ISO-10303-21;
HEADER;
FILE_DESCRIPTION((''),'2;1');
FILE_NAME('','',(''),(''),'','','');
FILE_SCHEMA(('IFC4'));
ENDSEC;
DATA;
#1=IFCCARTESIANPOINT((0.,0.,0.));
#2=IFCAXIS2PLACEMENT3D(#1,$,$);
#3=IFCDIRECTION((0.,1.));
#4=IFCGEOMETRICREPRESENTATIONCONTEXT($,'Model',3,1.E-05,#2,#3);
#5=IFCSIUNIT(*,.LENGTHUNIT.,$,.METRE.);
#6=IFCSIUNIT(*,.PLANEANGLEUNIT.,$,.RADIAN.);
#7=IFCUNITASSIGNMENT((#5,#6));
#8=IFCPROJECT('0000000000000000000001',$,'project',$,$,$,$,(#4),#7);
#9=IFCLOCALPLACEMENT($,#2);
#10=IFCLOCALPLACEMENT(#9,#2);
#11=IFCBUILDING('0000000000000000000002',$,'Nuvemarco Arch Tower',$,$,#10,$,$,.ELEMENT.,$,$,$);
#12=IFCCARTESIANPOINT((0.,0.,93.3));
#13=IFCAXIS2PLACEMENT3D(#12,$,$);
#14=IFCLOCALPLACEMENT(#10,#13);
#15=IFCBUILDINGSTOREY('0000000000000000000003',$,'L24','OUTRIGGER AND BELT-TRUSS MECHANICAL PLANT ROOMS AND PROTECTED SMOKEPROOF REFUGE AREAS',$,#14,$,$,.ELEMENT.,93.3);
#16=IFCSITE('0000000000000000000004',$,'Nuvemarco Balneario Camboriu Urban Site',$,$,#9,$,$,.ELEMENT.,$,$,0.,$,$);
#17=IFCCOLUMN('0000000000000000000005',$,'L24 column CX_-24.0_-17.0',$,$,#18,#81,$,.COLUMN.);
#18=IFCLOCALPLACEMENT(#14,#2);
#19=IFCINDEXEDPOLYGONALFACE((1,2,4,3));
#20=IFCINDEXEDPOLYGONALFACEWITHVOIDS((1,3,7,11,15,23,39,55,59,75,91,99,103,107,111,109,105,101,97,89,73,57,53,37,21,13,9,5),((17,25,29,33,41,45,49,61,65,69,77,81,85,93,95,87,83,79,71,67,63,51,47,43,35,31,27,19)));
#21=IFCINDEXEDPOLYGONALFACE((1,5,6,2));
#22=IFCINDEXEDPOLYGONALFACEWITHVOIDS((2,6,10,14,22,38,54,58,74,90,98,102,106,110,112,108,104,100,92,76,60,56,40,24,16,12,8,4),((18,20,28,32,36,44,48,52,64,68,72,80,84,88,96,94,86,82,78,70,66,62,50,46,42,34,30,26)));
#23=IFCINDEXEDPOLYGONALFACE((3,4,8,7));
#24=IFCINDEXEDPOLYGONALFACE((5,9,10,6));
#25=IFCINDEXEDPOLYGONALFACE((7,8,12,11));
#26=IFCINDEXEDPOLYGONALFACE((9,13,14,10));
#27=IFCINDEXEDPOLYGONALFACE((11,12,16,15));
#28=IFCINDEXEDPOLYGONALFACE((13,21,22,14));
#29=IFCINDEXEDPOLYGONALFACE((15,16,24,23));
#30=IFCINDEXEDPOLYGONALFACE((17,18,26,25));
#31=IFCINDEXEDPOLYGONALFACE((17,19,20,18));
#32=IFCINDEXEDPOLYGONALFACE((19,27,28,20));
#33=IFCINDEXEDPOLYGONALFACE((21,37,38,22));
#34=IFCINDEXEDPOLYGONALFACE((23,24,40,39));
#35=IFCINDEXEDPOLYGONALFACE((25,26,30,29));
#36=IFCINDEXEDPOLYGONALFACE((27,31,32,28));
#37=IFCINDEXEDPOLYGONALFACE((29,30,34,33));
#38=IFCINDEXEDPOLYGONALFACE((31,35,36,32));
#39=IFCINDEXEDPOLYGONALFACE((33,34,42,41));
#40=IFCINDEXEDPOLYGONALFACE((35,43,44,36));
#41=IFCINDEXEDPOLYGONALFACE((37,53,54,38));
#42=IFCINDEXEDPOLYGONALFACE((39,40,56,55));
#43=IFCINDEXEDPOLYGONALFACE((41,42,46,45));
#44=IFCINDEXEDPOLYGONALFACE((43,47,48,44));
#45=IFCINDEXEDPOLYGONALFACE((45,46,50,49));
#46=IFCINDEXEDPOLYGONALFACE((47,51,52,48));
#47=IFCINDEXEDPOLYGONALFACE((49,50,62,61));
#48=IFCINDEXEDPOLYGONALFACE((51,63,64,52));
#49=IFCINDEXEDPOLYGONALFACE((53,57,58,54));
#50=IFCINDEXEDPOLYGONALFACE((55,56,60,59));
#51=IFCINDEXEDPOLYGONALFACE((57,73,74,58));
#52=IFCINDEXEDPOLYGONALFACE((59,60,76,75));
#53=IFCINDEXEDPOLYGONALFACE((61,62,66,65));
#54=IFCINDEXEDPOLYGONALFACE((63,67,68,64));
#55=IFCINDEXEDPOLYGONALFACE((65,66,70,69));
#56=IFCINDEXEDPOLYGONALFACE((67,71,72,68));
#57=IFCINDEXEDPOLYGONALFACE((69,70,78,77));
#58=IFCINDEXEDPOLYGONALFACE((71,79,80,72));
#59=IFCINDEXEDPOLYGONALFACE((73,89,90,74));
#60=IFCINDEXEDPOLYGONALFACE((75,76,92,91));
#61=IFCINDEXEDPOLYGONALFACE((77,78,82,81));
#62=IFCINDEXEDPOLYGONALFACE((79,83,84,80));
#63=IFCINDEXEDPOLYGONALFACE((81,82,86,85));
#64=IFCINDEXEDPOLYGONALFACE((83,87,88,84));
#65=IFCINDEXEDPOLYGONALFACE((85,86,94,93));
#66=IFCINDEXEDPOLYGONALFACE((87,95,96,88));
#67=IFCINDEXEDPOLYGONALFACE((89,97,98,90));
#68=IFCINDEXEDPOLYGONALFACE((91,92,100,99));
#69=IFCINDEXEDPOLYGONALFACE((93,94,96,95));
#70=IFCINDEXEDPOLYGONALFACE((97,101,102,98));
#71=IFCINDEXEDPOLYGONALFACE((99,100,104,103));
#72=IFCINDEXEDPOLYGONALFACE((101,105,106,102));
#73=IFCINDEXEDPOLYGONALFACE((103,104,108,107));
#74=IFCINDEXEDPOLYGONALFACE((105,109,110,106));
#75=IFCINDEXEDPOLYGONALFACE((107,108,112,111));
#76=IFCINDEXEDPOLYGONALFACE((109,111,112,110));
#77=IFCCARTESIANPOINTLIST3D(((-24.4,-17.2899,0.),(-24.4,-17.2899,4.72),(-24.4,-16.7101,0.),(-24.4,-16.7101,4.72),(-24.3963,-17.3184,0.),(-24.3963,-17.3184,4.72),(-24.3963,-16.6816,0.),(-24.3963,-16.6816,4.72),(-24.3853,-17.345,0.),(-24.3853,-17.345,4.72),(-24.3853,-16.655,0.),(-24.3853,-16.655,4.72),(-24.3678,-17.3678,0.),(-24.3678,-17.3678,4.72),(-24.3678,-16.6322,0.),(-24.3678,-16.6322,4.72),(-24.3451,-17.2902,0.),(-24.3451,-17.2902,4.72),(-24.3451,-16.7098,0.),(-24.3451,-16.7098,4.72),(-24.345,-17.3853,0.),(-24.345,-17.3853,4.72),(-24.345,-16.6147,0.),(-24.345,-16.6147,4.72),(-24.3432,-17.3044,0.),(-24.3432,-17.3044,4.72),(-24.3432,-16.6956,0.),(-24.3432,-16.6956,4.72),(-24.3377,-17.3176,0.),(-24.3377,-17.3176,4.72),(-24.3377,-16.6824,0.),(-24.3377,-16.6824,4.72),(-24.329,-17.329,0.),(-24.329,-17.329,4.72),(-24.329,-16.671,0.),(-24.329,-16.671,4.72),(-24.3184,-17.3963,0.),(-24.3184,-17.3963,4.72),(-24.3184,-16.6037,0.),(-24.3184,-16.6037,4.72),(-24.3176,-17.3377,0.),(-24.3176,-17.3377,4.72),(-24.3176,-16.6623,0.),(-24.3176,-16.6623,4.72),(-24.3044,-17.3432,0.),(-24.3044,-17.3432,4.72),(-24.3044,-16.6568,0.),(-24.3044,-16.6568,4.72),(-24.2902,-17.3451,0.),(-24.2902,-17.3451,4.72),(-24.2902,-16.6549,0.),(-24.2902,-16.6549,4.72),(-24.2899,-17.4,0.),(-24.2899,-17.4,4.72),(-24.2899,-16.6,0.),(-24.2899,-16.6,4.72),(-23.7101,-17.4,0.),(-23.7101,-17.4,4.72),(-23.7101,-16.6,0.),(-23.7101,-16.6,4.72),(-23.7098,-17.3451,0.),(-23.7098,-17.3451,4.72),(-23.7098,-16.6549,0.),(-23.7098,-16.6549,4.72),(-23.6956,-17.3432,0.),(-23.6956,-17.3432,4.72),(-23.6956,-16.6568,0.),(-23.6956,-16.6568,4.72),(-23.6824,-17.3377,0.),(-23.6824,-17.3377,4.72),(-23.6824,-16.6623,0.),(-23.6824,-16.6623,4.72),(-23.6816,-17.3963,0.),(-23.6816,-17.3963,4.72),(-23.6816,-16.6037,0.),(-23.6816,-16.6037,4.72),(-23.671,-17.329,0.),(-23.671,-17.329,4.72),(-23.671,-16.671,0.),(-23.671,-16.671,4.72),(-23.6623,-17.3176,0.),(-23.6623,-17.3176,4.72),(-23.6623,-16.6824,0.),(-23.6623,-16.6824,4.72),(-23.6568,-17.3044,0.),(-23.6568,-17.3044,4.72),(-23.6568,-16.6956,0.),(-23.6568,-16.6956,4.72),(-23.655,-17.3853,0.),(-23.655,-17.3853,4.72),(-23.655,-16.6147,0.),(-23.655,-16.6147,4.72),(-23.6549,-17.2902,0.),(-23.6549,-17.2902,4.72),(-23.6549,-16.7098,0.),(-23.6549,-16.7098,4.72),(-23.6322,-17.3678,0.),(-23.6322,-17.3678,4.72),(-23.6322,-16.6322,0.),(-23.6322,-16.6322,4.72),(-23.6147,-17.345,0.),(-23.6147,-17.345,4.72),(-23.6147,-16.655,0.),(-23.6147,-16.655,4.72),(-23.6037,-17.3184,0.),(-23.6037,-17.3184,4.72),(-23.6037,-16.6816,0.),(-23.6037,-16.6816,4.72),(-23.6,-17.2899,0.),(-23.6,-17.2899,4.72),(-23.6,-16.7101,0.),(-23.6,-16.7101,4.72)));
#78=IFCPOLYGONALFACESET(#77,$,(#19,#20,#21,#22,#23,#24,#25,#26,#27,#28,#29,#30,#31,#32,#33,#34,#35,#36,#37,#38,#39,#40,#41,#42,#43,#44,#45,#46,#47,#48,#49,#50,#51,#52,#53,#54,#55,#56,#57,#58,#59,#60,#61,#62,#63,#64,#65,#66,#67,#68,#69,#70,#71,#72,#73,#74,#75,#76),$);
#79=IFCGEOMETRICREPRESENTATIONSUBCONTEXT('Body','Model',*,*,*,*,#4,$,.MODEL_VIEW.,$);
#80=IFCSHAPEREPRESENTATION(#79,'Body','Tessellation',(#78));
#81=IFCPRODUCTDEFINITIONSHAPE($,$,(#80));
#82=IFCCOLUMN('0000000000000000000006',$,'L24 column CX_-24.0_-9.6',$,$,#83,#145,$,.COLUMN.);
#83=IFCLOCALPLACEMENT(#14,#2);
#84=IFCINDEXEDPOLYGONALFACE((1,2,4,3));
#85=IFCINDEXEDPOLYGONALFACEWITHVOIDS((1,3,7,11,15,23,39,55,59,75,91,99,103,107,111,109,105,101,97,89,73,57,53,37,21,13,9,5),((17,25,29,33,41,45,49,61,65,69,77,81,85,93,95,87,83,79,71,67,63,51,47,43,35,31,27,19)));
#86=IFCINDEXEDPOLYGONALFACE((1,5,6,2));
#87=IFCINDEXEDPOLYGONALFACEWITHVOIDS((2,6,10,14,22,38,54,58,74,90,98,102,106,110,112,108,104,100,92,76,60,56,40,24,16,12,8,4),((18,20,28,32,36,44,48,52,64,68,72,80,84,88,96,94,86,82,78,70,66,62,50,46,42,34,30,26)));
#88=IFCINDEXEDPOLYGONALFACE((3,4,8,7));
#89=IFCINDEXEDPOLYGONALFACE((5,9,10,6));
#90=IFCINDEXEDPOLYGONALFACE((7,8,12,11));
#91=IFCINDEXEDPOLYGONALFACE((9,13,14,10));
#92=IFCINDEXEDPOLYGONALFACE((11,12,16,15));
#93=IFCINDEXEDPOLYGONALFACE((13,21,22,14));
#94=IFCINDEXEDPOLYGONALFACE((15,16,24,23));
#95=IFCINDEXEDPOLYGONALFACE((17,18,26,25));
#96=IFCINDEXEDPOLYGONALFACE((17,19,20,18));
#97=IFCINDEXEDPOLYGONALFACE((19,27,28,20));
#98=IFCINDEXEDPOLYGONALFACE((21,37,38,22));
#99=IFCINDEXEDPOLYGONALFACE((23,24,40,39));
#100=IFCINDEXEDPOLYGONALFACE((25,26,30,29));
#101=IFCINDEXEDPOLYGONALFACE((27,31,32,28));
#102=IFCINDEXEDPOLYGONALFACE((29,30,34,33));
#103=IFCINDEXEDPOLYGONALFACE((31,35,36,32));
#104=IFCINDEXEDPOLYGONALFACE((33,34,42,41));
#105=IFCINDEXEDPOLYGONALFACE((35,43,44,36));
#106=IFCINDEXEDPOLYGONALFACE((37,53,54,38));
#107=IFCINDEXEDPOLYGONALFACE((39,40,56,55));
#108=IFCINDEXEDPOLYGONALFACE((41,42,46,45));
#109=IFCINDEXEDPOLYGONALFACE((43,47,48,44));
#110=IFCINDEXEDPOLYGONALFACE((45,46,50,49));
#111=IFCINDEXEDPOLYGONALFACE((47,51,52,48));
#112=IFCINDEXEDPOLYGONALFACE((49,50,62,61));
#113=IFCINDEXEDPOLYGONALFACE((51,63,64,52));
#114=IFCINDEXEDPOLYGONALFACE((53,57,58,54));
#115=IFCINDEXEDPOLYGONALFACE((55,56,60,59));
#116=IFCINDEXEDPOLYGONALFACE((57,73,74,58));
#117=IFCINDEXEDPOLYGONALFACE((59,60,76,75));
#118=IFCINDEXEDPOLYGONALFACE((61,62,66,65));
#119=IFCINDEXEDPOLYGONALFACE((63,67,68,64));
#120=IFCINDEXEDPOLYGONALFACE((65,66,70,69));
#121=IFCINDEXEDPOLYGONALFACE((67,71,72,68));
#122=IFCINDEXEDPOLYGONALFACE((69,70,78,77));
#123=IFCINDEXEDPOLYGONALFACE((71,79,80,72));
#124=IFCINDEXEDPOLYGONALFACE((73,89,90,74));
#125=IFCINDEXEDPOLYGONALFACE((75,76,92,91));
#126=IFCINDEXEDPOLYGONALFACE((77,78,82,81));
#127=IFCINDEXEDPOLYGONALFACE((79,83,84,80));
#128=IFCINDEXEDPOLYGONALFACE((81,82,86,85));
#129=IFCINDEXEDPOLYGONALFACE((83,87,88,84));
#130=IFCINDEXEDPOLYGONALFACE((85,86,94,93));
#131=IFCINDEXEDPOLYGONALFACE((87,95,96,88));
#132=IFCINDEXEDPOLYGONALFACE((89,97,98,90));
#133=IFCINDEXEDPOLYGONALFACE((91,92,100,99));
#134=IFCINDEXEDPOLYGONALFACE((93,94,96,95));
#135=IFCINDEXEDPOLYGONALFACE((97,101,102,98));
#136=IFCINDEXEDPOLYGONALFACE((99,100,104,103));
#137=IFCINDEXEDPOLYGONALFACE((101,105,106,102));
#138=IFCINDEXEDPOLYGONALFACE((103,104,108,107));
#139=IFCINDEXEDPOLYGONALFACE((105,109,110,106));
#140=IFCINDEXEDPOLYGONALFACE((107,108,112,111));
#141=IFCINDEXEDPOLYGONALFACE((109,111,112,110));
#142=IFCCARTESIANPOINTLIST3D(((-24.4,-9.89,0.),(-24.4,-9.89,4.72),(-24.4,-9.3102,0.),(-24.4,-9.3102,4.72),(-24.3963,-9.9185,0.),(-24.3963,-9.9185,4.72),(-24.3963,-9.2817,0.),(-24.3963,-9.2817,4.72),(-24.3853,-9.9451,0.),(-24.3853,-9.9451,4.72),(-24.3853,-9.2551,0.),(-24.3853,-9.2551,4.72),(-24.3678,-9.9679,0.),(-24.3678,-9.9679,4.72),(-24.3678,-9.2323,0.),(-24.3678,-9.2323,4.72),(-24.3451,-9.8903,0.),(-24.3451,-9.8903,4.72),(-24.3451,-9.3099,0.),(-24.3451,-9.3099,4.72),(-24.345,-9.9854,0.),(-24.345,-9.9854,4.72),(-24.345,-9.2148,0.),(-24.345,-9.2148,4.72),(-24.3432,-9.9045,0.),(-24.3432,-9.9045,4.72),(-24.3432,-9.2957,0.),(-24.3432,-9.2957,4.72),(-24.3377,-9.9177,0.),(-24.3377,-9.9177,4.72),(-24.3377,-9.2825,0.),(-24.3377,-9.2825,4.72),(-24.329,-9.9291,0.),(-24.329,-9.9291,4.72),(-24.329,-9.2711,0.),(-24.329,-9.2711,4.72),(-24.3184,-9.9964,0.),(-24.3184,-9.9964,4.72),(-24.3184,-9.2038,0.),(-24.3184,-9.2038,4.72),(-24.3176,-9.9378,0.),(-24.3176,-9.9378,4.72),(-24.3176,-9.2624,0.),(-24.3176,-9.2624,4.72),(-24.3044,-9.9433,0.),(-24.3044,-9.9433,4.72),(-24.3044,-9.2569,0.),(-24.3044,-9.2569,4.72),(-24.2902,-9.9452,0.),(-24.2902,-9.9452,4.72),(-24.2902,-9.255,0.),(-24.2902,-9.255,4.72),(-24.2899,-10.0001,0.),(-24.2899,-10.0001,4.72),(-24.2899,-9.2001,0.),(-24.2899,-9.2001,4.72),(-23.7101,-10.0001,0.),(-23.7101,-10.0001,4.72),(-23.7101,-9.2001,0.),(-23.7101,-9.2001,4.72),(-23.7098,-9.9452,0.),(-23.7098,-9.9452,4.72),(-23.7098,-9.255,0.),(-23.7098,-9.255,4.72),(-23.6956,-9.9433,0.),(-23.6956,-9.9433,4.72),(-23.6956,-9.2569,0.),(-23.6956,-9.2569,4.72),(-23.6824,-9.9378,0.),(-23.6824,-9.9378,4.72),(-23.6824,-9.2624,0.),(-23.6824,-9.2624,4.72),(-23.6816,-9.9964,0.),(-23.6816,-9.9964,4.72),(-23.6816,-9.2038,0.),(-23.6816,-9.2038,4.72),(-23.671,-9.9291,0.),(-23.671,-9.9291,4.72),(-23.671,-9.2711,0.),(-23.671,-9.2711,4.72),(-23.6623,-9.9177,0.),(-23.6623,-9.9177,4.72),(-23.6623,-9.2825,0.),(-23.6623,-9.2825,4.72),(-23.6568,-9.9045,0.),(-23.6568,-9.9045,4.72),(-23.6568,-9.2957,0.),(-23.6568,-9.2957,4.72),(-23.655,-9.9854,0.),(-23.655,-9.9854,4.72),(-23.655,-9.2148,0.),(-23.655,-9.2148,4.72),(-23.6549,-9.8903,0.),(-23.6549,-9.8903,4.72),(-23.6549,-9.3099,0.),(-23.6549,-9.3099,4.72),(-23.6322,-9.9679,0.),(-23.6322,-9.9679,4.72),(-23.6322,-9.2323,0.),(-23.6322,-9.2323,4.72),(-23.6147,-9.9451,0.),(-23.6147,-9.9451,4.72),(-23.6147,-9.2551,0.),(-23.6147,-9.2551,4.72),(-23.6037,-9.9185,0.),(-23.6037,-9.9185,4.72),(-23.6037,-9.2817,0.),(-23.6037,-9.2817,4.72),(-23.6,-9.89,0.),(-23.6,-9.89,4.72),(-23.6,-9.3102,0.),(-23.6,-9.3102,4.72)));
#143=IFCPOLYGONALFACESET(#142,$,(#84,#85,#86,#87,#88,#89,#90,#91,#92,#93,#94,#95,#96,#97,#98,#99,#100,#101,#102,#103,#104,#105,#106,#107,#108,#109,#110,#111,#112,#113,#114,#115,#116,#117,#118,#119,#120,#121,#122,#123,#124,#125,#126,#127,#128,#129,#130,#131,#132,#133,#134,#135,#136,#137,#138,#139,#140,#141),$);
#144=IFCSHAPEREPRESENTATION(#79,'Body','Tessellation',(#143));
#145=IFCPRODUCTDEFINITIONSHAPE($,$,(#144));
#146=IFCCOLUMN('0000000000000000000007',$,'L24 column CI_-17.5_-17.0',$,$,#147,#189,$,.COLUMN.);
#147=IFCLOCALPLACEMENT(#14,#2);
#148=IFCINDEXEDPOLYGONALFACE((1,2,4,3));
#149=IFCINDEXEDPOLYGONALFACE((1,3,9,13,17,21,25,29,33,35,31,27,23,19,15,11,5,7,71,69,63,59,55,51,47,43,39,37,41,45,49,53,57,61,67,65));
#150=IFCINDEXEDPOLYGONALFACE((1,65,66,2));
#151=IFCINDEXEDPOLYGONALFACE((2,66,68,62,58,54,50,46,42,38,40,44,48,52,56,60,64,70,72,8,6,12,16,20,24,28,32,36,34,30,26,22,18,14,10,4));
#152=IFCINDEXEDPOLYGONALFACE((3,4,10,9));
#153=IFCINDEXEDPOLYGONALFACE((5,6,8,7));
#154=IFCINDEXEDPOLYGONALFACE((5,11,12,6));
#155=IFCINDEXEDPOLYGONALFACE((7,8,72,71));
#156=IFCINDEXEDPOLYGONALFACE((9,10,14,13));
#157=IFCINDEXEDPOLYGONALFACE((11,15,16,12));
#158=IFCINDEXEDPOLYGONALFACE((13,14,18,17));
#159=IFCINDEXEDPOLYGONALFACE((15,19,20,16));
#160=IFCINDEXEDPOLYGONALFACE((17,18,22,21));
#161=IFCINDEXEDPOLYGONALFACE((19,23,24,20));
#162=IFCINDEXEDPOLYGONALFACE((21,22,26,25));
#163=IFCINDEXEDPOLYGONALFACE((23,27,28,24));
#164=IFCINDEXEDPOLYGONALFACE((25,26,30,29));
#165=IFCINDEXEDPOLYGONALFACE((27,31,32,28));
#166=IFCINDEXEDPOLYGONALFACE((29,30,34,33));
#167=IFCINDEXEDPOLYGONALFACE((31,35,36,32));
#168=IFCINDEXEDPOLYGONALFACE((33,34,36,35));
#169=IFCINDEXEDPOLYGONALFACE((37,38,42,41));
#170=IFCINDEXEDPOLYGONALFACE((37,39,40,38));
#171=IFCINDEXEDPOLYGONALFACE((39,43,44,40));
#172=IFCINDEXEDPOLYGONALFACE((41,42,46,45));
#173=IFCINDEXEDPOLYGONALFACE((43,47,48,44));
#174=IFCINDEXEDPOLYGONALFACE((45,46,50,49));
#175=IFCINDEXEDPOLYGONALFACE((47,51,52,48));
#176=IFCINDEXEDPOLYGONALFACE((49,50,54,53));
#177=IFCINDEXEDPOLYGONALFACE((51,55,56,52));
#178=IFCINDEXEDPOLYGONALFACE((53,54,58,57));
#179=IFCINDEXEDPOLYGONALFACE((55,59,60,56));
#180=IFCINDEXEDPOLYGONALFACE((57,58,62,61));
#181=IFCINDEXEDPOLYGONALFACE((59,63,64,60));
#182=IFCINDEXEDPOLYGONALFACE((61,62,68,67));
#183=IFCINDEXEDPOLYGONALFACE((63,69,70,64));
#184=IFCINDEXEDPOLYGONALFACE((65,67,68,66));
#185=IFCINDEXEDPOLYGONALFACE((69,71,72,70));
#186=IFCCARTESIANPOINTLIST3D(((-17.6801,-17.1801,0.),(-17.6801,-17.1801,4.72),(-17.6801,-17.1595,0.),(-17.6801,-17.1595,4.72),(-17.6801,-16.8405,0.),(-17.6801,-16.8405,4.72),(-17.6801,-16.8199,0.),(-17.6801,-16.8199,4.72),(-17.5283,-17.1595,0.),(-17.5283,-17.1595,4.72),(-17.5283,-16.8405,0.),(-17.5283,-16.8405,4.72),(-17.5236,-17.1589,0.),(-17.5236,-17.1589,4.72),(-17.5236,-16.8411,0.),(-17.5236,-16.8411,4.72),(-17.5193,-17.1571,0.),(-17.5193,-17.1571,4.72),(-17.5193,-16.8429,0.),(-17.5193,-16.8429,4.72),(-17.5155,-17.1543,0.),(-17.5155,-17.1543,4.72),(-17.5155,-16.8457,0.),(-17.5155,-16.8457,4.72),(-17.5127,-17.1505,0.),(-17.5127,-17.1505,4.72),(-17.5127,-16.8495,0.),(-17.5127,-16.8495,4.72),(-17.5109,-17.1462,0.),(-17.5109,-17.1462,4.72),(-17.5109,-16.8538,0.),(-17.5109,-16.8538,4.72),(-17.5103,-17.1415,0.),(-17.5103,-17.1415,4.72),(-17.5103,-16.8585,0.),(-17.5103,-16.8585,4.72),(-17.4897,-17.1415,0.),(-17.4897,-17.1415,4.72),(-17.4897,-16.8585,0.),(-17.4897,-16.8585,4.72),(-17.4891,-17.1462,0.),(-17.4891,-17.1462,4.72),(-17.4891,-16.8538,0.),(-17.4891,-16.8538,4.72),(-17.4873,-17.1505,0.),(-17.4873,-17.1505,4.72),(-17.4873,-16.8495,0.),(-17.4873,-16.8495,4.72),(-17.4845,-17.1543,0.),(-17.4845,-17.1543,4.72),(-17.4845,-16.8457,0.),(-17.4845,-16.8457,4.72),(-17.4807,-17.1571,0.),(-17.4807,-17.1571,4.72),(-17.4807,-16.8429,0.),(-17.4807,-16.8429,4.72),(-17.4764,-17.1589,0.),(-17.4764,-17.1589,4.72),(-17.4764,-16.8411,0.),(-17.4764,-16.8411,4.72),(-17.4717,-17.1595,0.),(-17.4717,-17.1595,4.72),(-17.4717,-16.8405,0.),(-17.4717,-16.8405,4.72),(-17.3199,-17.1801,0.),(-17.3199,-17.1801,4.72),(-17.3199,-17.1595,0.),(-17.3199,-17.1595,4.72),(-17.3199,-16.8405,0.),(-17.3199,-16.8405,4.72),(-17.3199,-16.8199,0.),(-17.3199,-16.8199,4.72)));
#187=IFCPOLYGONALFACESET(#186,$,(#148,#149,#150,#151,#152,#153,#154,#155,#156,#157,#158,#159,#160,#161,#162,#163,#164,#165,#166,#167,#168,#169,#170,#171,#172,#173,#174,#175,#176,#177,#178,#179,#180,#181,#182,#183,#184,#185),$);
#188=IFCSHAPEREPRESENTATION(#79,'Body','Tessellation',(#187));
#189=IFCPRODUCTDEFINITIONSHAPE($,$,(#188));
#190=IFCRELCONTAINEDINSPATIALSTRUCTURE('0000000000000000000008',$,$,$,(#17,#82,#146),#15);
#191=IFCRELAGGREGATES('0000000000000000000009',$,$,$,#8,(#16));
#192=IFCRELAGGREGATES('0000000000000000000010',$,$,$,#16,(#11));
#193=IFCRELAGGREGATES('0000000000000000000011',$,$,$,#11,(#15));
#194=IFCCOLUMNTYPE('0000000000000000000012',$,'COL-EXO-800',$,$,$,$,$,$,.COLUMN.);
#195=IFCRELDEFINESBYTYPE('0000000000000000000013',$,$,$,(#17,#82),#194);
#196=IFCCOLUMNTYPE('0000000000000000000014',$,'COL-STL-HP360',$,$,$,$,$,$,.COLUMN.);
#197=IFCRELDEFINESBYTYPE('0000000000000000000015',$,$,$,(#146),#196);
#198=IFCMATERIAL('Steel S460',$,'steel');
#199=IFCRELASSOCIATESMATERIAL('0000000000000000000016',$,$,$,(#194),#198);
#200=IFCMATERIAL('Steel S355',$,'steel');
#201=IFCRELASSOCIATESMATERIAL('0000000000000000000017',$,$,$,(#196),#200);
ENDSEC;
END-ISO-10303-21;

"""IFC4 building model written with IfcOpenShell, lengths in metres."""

from ifc_helpers import new_model, si_unit, direction, frame, origin, origin_2d, place, context, subcontext, project, spatial, hollow_rectangle, i_section, extrude, material, material_profile, profile_set, type_object, element, save


model = new_model("IFC4")

# Units and contexts
model_context = context("Model", 3, precision=1e-05, world=origin(), true_north=direction((0.0, 1.0)))
body_context = subcontext(model_context, "Body", "Model", "MODEL_VIEW")
ifc_project = project(units=[si_unit("LENGTHUNIT", "METRE"), si_unit("PLANEANGLEUNIT", "RADIAN")], contexts=[model_context])

# Site, building, storey
site_placement = place(None, origin())
site = spatial("IfcSite", under=ifc_project, at=site_placement, Name="Nuvemarco Balneario Camboriu Urban Site", CompositionType="ELEMENT", RefElevation=0.0)
building_placement = place(site_placement, origin())
building = spatial("IfcBuilding", under=site, at=building_placement, Name="Nuvemarco Arch Tower", CompositionType="ELEMENT")
storey_placement = place(building_placement, frame((0.0, 0.0, 93.3)))
storey = spatial("IfcBuildingStorey", under=building, at=storey_placement, Name="L24", Description="OUTRIGGER AND BELT-TRUSS MECHANICAL PLANT ROOMS AND PROTECTED SMOKEPROOF REFUGE AREAS", CompositionType="ELEMENT", Elevation=93.3)

# Columns
ifc_material_1 = material(Name="Steel S460", Category="steel")
ifc_material_profile_1 = material_profile(ifc_material_1, hollow_rectangle(XDim=0.8, YDim=0.8, WallThickness=0.0549, InnerFilletRadius=0.0549, OuterFilletRadius=0.1101, at=origin_2d()), Name="SHS800x800x55")
ifc_profile_set_1 = profile_set([ifc_material_profile_1], Name="Steel S460")
column_type_1 = type_object("IfcColumnType", Name="COL-EXO-800", PredefinedType="COLUMN", material=ifc_profile_set_1)
for number, where, z_axis, x_axis, name in (
    (1, (-24.0, -17.0, 0.0), (0.0, 0.0, 1.0), (1.0, 0.0, 0.0), "L24 column CX_-24.0_-17.0"),
    (2, (-24.0, -9.6001, 0.0), (0.0, 0.0, 1.0), (1.0, 0.0, 0.0), "L24 column CX_-24.0_-9.6"),
):
    element("IfcColumn", number, at=place(storey_placement, frame(where, z_axis=z_axis, x_axis=x_axis)), inside=storey, type_object=column_type_1, Name=name, PredefinedType="COLUMN", context=body_context, shape_type="SweptSolid", body=[
        extrude(hollow_rectangle(XDim=0.8, YDim=0.8, WallThickness=0.0549, InnerFilletRadius=0.0549, OuterFilletRadius=0.1101, at=origin_2d()), origin(), (0.0, 0.0, 1.0), 4.72),
    ])
ifc_material_2 = material(Name="Steel S355", Category="steel")
ifc_material_profile_2 = material_profile(ifc_material_2, i_section(OverallWidth=0.3601, OverallDepth=0.3601, WebThickness=0.0205, FlangeThickness=0.0205, FilletRadius=0.0181, at=origin_2d()), Name="HP360x174")
ifc_profile_set_2 = profile_set([ifc_material_profile_2], Name="Steel S355")
column_type_2 = type_object("IfcColumnType", Name="COL-STL-HP360", PredefinedType="COLUMN", material=ifc_profile_set_2)
column_placement = place(storey_placement, frame((-17.5, -17.0, 0.0), z_axis=(0.0, 0.0, 1.0), x_axis=(1.0, 0.0, 0.0)))
element("IfcColumn", 3, at=column_placement, inside=storey, type_object=column_type_2, Name="L24 column CI_-17.5_-17.0", PredefinedType="COLUMN", context=body_context, shape_type="SweptSolid", body=[
    extrude(i_section(OverallWidth=0.3601, OverallDepth=0.3601, WebThickness=0.0205, FlangeThickness=0.0205, FilletRadius=0.0181, at=origin_2d()), origin(), (0.0, 0.0, 1.0), 4.72),
])

save(model, "model.ifc")
